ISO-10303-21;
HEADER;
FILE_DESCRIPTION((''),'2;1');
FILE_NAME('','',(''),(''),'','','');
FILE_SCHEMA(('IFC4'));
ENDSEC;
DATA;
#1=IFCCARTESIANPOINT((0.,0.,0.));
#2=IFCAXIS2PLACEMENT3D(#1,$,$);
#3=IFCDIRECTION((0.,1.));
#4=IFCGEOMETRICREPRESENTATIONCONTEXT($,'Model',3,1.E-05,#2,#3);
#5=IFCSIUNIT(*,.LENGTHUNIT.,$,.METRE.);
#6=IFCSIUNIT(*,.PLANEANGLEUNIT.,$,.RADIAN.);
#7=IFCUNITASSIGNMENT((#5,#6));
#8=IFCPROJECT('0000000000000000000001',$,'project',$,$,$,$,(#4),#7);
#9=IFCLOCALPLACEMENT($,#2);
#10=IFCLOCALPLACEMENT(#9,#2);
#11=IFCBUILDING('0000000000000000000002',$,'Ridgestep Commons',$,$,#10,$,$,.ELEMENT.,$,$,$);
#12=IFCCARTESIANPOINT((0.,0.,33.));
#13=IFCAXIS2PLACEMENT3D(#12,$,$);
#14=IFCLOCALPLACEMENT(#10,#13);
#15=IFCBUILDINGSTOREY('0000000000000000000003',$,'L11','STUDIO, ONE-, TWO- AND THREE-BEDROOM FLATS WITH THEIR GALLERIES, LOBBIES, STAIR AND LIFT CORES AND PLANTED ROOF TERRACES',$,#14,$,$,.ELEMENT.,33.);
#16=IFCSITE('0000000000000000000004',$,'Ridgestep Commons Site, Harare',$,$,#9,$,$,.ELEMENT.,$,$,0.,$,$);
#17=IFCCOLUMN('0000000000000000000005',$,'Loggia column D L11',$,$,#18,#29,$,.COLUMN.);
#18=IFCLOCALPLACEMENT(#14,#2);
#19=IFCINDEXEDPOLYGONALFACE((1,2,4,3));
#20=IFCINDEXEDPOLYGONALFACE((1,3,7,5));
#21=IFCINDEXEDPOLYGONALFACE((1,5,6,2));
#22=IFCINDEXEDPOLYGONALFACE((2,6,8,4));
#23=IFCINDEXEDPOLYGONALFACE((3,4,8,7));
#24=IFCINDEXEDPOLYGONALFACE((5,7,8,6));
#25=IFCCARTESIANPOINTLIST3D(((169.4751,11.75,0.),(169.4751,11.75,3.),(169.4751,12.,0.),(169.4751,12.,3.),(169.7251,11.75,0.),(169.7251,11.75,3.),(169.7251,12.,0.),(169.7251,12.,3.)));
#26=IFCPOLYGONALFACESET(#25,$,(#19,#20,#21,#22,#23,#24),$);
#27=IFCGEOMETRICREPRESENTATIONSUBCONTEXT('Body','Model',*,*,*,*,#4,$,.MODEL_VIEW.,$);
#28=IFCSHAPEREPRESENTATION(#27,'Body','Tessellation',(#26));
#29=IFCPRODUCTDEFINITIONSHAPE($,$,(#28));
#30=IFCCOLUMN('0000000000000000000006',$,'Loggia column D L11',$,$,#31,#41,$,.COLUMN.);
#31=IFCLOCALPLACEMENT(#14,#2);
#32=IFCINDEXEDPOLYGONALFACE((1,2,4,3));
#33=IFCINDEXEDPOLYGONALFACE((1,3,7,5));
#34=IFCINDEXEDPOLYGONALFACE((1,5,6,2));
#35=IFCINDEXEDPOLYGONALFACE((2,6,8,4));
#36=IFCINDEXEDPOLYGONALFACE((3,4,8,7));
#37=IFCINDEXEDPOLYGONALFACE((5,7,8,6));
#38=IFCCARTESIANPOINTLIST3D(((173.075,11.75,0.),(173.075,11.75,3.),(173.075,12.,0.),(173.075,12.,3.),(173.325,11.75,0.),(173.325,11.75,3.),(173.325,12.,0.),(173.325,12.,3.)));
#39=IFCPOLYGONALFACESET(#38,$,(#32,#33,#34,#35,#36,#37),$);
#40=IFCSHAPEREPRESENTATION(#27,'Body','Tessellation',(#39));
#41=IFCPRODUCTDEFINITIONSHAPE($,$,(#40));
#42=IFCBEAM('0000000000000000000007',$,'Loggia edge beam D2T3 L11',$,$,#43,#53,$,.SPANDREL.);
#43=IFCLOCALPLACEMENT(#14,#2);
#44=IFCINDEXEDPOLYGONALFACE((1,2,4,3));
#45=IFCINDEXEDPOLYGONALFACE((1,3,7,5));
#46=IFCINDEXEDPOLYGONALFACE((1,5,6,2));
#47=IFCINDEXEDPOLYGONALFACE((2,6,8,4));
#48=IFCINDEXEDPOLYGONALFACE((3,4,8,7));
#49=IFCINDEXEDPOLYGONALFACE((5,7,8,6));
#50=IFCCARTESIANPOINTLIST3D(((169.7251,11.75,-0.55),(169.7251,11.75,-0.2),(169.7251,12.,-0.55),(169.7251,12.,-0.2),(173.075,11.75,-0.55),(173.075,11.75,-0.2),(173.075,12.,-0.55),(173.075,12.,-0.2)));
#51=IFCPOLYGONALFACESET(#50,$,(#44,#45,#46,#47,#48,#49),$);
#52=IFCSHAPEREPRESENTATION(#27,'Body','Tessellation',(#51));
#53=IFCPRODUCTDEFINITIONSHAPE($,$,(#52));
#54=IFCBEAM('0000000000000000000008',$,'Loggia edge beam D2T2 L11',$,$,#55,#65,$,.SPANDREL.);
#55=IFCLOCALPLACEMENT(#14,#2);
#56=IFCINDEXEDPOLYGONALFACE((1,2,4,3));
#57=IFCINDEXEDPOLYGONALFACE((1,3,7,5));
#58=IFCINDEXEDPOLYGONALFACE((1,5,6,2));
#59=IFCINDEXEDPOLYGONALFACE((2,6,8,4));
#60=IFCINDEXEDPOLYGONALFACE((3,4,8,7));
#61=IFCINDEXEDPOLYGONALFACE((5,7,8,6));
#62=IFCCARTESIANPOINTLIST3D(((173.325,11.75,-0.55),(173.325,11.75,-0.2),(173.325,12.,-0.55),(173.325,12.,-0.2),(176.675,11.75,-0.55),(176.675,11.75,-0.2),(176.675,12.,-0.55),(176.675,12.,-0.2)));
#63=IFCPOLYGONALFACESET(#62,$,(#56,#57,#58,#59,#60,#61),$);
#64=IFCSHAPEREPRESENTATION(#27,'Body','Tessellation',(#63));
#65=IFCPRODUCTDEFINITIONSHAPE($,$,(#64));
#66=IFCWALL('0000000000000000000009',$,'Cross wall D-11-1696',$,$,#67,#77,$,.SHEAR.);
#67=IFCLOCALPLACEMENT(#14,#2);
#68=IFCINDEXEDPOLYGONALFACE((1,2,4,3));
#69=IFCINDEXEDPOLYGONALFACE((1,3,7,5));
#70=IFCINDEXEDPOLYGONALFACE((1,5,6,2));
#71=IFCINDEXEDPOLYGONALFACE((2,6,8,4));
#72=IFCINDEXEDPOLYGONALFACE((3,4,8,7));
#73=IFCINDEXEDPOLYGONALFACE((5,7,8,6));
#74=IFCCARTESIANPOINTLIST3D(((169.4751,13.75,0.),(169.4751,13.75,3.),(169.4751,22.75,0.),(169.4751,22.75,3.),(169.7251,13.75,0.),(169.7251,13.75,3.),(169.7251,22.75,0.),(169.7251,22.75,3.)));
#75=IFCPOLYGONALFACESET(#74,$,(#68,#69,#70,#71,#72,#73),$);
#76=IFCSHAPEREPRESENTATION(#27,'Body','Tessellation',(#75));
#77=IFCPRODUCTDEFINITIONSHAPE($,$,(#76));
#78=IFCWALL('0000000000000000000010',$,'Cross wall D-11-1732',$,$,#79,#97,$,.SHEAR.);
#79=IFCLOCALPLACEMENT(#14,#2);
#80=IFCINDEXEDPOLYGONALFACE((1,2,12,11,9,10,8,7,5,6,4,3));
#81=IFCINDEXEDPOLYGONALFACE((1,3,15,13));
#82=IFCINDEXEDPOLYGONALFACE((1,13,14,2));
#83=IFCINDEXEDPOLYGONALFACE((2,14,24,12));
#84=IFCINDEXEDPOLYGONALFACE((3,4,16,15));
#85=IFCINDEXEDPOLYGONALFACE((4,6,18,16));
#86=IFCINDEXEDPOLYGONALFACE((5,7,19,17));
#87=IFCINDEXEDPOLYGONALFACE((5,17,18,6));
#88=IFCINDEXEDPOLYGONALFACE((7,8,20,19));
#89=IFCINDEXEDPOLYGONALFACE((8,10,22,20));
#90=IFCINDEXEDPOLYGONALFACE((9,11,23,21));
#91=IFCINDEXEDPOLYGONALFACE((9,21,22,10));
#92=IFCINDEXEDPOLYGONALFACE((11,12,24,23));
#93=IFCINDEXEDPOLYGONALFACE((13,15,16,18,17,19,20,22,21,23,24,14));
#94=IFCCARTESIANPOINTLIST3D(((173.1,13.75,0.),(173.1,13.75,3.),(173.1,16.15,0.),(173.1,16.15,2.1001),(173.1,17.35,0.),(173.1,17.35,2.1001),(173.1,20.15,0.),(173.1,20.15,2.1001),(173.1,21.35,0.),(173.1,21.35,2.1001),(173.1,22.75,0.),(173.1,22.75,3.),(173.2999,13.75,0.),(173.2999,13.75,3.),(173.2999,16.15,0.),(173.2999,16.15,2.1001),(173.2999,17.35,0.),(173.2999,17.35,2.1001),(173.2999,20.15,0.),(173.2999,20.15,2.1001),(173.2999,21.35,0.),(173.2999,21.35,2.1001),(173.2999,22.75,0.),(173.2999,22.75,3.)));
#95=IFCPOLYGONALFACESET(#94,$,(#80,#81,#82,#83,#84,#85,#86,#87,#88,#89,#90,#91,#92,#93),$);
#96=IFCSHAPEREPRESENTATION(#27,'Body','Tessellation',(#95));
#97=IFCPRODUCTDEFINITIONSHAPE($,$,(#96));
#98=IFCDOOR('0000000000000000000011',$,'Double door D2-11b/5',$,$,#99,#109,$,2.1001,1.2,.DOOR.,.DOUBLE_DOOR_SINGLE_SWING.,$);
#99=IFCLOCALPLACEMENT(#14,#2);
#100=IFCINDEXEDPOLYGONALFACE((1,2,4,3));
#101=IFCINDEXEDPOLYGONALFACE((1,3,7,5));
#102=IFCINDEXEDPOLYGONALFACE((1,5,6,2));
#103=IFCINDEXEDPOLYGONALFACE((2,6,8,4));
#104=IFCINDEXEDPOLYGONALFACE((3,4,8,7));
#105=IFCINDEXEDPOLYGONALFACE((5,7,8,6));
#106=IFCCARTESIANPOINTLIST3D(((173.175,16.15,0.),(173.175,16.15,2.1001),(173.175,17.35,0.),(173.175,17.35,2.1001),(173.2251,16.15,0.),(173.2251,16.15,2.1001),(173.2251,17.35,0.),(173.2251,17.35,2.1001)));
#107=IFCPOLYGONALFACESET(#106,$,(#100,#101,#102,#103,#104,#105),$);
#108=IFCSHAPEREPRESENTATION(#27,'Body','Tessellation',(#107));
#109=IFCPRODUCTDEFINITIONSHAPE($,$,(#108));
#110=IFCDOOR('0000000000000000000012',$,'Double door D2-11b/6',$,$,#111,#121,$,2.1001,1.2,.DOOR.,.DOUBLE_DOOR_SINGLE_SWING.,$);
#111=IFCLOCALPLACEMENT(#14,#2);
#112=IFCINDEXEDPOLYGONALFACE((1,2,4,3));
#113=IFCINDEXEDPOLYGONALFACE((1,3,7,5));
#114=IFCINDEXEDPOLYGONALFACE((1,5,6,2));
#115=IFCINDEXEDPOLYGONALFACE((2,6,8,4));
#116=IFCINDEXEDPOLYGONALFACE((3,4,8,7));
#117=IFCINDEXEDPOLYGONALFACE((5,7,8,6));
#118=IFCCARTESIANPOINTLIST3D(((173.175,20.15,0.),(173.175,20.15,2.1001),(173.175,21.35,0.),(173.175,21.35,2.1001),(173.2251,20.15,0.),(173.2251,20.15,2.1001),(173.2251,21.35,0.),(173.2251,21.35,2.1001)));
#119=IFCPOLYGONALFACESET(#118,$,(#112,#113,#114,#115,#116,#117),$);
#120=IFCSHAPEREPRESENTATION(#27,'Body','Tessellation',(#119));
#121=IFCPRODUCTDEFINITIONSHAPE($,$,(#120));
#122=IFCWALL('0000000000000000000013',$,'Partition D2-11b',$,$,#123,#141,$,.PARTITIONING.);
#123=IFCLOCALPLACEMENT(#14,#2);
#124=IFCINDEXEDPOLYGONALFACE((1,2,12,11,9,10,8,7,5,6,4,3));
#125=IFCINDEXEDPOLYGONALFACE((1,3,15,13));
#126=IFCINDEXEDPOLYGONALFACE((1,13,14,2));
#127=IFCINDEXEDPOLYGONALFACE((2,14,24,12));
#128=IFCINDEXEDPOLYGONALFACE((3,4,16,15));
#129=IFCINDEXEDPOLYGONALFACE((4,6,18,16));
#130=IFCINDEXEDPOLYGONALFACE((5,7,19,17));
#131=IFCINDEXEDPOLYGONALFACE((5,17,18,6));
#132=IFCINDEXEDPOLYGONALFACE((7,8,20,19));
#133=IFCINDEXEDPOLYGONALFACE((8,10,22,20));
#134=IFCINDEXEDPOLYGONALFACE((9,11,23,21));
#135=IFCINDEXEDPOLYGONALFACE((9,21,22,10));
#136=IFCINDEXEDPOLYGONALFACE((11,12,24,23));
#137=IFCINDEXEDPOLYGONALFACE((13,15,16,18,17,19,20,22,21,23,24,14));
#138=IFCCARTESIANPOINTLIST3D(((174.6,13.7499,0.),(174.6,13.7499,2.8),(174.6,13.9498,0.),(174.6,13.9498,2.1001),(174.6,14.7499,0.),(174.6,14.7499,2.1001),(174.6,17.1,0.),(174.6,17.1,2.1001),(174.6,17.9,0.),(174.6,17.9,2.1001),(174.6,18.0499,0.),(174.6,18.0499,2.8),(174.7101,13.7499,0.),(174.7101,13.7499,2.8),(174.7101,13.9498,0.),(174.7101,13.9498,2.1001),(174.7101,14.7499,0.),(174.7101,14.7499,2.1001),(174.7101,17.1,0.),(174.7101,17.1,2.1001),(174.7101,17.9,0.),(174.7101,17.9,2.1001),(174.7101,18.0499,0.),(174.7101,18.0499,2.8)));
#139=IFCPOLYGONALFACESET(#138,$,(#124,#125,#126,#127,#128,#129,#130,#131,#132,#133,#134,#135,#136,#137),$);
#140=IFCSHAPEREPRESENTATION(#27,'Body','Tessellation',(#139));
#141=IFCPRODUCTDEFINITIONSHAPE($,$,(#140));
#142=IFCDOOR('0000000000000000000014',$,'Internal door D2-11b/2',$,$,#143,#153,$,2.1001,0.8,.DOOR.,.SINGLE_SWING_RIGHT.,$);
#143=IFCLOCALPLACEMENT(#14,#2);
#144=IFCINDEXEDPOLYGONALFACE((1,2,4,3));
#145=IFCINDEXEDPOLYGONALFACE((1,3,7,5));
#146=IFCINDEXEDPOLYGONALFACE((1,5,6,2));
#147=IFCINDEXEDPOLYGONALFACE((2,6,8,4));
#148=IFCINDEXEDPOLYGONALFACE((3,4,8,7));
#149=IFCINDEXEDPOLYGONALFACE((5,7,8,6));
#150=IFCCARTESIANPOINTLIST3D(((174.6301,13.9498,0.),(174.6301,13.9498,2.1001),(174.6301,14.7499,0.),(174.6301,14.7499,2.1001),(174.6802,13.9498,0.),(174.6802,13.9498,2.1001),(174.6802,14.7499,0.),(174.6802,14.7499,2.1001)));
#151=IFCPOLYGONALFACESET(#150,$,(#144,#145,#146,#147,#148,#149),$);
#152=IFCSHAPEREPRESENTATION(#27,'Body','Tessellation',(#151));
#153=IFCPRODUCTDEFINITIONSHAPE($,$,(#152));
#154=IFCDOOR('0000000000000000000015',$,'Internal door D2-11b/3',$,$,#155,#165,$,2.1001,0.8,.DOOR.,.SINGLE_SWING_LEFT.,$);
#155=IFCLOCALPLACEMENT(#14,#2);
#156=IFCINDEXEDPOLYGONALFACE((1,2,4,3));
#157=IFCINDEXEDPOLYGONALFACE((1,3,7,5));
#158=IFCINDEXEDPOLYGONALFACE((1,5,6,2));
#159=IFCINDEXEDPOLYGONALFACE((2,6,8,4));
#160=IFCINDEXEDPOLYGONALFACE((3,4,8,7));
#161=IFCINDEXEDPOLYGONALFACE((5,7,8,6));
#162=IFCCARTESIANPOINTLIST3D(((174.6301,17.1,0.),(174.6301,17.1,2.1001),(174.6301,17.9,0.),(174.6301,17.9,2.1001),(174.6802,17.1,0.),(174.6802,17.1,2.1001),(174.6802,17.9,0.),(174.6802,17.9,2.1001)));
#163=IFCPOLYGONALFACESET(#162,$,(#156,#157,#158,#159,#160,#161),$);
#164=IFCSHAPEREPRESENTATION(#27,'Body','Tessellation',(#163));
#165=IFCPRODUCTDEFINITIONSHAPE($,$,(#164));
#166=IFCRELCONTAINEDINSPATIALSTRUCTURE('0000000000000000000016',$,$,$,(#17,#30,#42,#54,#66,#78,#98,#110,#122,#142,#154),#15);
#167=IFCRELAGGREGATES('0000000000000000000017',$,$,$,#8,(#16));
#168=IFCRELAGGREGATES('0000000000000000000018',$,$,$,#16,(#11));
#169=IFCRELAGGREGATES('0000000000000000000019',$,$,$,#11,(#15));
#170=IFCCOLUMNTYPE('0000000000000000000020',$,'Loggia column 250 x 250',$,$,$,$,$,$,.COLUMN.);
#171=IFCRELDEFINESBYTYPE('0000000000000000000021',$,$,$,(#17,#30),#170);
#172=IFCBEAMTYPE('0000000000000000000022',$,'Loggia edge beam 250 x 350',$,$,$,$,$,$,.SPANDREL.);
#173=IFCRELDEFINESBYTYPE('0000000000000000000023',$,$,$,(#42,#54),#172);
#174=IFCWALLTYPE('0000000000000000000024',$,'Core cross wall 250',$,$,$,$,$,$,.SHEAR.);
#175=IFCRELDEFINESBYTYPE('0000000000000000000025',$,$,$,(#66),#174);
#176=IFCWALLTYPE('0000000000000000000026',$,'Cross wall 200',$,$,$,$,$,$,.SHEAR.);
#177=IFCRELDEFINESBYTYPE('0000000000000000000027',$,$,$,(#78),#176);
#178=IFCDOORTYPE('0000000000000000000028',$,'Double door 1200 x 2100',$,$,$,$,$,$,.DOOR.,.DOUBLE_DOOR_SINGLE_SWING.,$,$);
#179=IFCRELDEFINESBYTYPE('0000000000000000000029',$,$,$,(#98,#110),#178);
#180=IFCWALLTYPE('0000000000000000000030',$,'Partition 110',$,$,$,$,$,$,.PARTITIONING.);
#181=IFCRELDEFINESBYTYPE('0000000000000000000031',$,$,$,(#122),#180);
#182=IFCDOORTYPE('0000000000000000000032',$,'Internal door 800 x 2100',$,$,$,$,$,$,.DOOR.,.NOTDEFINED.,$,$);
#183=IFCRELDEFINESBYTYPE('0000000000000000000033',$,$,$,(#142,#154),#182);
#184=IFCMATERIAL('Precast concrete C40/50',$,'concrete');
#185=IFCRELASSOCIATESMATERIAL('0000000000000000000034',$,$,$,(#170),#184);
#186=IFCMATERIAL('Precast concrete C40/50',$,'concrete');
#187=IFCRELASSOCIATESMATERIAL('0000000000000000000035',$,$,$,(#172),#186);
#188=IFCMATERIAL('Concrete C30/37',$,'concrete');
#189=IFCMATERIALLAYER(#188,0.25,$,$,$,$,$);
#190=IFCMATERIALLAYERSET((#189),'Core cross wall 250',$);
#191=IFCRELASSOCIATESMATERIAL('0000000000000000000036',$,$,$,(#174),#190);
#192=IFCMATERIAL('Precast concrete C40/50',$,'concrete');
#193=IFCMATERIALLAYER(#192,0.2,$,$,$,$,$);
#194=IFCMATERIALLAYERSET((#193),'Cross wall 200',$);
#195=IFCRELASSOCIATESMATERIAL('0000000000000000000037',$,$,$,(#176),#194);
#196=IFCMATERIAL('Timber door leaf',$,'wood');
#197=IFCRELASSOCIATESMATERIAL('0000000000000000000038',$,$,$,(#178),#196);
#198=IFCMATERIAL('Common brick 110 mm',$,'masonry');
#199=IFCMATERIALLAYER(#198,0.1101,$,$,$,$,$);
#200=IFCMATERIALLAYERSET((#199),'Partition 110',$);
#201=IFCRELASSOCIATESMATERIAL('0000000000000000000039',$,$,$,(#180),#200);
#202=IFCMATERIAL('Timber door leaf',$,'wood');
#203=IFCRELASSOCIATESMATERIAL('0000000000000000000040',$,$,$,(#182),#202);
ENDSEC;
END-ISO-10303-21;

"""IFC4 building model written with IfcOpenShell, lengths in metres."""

from ifc_helpers import new_model, si_unit, direction, frame, frame_2d, origin, origin_2d, place, context, subcontext, project, spatial, rectangle, extrude, material, layer, layer_set, material_profile, profile_set, type_object, element, fill, save


model = new_model("IFC4")

# Units and contexts
model_context = context("Model", 3, precision=1e-05, world=origin(), true_north=direction((0.0, 1.0)))
body_context = subcontext(model_context, "Body", "Model", "MODEL_VIEW")
ifc_project = project(units=[si_unit("LENGTHUNIT", "METRE"), si_unit("PLANEANGLEUNIT", "RADIAN")], contexts=[model_context])

# Site, building, storey
site_placement = place(None, origin())
site = spatial("IfcSite", under=ifc_project, at=site_placement, Name="Ridgestep Commons Site, Harare", CompositionType="ELEMENT", RefElevation=0.0)
building_placement = place(site_placement, origin())
building = spatial("IfcBuilding", under=site, at=building_placement, Name="Ridgestep Commons", CompositionType="ELEMENT")
storey_placement = place(building_placement, frame((0.0, 0.0, 33.0)))
storey = spatial("IfcBuildingStorey", under=building, at=storey_placement, Name="L11", Description="STUDIO, ONE-, TWO- AND THREE-BEDROOM FLATS WITH THEIR GALLERIES, LOBBIES, STAIR AND LIFT CORES AND PLANTED ROOF TERRACES", CompositionType="ELEMENT", Elevation=33.0)

# Columns
ifc_material_1 = material(Name="Precast concrete C40/50", Category="concrete")
ifc_material_profile_1 = material_profile(ifc_material_1, rectangle(XDim=0.25, YDim=0.25, at=origin_2d()), Name="PC 250x250")
ifc_profile_set_1 = profile_set([ifc_material_profile_1], Name="Precast concrete C40/50")
column_type = type_object("IfcColumnType", Name="Loggia column 250 x 250", PredefinedType="COLUMN", material=ifc_profile_set_1)
for number, where, z_axis, x_axis, name in (
    (1, (169.6001, 11.875, 0.0), (0.0, 0.0, 1.0), (1.0, 0.0, 0.0), "Loggia column D L11"),
    (2, (173.2, 11.875, 0.0), (0.0, 0.0, 1.0), (1.0, 0.0, 0.0), "Loggia column D L11"),
):
    element("IfcColumn", number, at=place(storey_placement, frame(where, z_axis=z_axis, x_axis=x_axis)), inside=storey, type_object=column_type, Name=name, PredefinedType="COLUMN", context=body_context, shape_type="SweptSolid", body=[
        extrude(rectangle(XDim=0.25, YDim=0.25, at=origin_2d()), origin(), (0.0, 0.0, 1.0), 3.0),
    ])

# Beams
ifc_material_2 = material(Name="Precast concrete C40/50", Category="concrete")
ifc_material_profile_2 = material_profile(ifc_material_2, rectangle(XDim=0.25, YDim=0.3501, at=origin_2d()), Name="PC 250x350")
ifc_profile_set_2 = profile_set([ifc_material_profile_2], Name="Precast concrete C40/50")
beam_type = type_object("IfcBeamType", Name="Loggia edge beam 250 x 350", PredefinedType="SPANDREL", material=ifc_profile_set_2)
beam_1_placement = place(storey_placement, frame((169.7251, 11.875, -0.375), z_axis=(1.0, 0.0, 0.0), x_axis=(0.0, 1.0, 0.0)))
element("IfcBeam", 3, at=beam_1_placement, inside=storey, type_object=beam_type, Name="Loggia edge beam D2T3 L11", PredefinedType="SPANDREL", context=body_context, shape_type="SweptSolid", body=[
    extrude(rectangle(XDim=0.25, YDim=0.3501, at=origin_2d()), origin(), (0.0, 0.0, 1.0), 3.3499),
])
beam_2_placement = place(storey_placement, frame((173.325, 11.875, -0.375), z_axis=(1.0, 0.0, 0.0), x_axis=(0.0, 1.0, 0.0)))
element("IfcBeam", 4, at=beam_2_placement, inside=storey, type_object=beam_type, Name="Loggia edge beam D2T2 L11", PredefinedType="SPANDREL", context=body_context, shape_type="SweptSolid", body=[
    extrude(rectangle(XDim=0.25, YDim=0.3501, at=origin_2d()), origin(), (0.0, 0.0, 1.0), 3.3501),
])

# Wall
ifc_material_3 = material(Name="Concrete C30/37", Category="concrete")
ifc_layer_1 = layer(ifc_material_3, 0.25)
ifc_layer_set_1 = layer_set([ifc_layer_1], Name="Core cross wall 250")
wall_type_1 = type_object("IfcWallType", Name="Core cross wall 250", PredefinedType="SHEAR", material=ifc_layer_set_1)
wall_1_placement = place(storey_placement, frame((169.6001, 13.75, 0.0), z_axis=(0.0, 0.0, 1.0), x_axis=(0.0, 1.0, 0.0)))
element("IfcWall", 5, at=wall_1_placement, inside=storey, type_object=wall_type_1, Name="Cross wall D-11-1696", PredefinedType="SHEAR", context=body_context, shape_type="SweptSolid", body=[
    extrude(rectangle(XDim=9.0, YDim=0.25, at=frame_2d((4.5, 0.0))), origin(), (0.0, 0.0, 1.0), 3.0),
])

# Walls, openings, doors
ifc_material_4 = material(Name="Precast concrete C40/50", Category="concrete")
ifc_layer_2 = layer(ifc_material_4, 0.2)
ifc_layer_set_2 = layer_set([ifc_layer_2], Name="Cross wall 200")
wall_type_2 = type_object("IfcWallType", Name="Cross wall 200", PredefinedType="SHEAR", material=ifc_layer_set_2)
wall_2_placement = place(storey_placement, frame((173.2, 13.75, 0.0), z_axis=(0.0, 0.0, 1.0), x_axis=(0.0, 1.0, 0.0)))
wall_2 = element("IfcWall", 6, at=wall_2_placement, inside=storey, type_object=wall_type_2, Name="Cross wall D-11-1732", PredefinedType="SHEAR", context=body_context, shape_type="SweptSolid", body=[
    extrude(rectangle(XDim=9.0, YDim=0.2, at=frame_2d((4.5, 0.0))), origin(), (0.0, 0.0, 1.0), 3.0),
])
opening_1_placement = place(wall_2_placement, frame((2.3999, 0.0, 0.0)))
opening_1 = element("IfcOpeningElement", 7, at=opening_1_placement, cuts=wall_2, PredefinedType="OPENING", context=body_context, shape_type="SweptSolid", body=[
    extrude(rectangle(XDim=1.2, YDim=2.1001, at=frame_2d((0.6001, 1.05))), frame((0.0, 0.1099, 0.0), z_axis=(0.0, -1.0, 0.0), x_axis=(1.0, 0.0, 0.0)), (0.0, 0.0, 1.0), 0.22),
])
opening_2_placement = place(wall_2_placement, frame((6.3999, 0.0, 0.0)))
opening_2 = element("IfcOpeningElement", 8, at=opening_2_placement, cuts=wall_2, PredefinedType="OPENING", context=body_context, shape_type="SweptSolid", body=[
    extrude(rectangle(XDim=1.2, YDim=2.1001, at=frame_2d((0.6001, 1.05))), frame((0.0, 0.1099, 0.0), z_axis=(0.0, -1.0, 0.0), x_axis=(1.0, 0.0, 0.0)), (0.0, 0.0, 1.0), 0.22),
])
ifc_material_5 = material(Name="Timber door leaf", Category="wood")
door_type_1 = type_object("IfcDoorType", Name="Double door 1200 x 2100", OperationType="DOUBLE_DOOR_SINGLE_SWING", PredefinedType="DOOR", material=ifc_material_5)
door_1_placement = place(opening_1_placement, origin())
door_1 = element("IfcDoor", 9, at=door_1_placement, inside=storey, type_object=door_type_1, Name="Double door D2-11b/5", OperationType="DOUBLE_DOOR_SINGLE_SWING", OverallHeight=2.1001, OverallWidth=1.2, PredefinedType="DOOR", context=body_context, shape_type="SweptSolid", body=[
    extrude(rectangle(XDim=1.2, YDim=2.1001, at=frame_2d((0.6001, 1.05))), frame((0.0, 0.0249, 0.0), z_axis=(0.0, -1.0, 0.0), x_axis=(1.0, 0.0, 0.0)), (0.0, 0.0, 1.0), 0.05),
])
fill(opening_1, door_1)
door_2_placement = place(opening_2_placement, origin())
door_2 = element("IfcDoor", 10, at=door_2_placement, inside=storey, type_object=door_type_1, Name="Double door D2-11b/6", OperationType="DOUBLE_DOOR_SINGLE_SWING", OverallHeight=2.1001, OverallWidth=1.2, PredefinedType="DOOR", context=body_context, shape_type="SweptSolid", body=[
    extrude(rectangle(XDim=1.2, YDim=2.1001, at=frame_2d((0.6001, 1.05))), frame((0.0, 0.0249, 0.0), z_axis=(0.0, -1.0, 0.0), x_axis=(1.0, 0.0, 0.0)), (0.0, 0.0, 1.0), 0.05),
])
fill(opening_2, door_2)
ifc_material_6 = material(Name="Common brick 110 mm", Category="masonry")
ifc_layer_3 = layer(ifc_material_6, 0.1101)
ifc_layer_set_3 = layer_set([ifc_layer_3], Name="Partition 110")
wall_type_3 = type_object("IfcWallType", Name="Partition 110", PredefinedType="PARTITIONING", material=ifc_layer_set_3)
wall_3_placement = place(storey_placement, frame((174.655, 13.75, 0.0), z_axis=(0.0, 0.0, 1.0), x_axis=(0.0, 1.0, 0.0)))
wall_3 = element("IfcWall", 11, at=wall_3_placement, inside=storey, type_object=wall_type_3, Name="Partition D2-11b", PredefinedType="PARTITIONING", context=body_context, shape_type="SweptSolid", body=[
    extrude(rectangle(XDim=4.3, YDim=0.1101, at=frame_2d((2.1499, 0.0))), origin(), (0.0, 0.0, 1.0), 2.8),
])
opening_3_placement = place(wall_3_placement, frame((0.2, 0.0, 0.0)))
opening_3 = element("IfcOpeningElement", 12, at=opening_3_placement, cuts=wall_3, PredefinedType="OPENING", context=body_context, shape_type="SweptSolid", body=[
    extrude(rectangle(XDim=0.8, YDim=2.1001, at=frame_2d((0.3999, 1.05))), frame((0.0, 0.0649, 0.0), z_axis=(0.0, -1.0, 0.0), x_axis=(1.0, 0.0, 0.0)), (0.0, 0.0, 1.0), 0.1301),
])
opening_4_placement = place(wall_3_placement, frame((3.3501, 0.0, 0.0)))
opening_4 = element("IfcOpeningElement", 13, at=opening_4_placement, cuts=wall_3, PredefinedType="OPENING", context=body_context, shape_type="SweptSolid", body=[
    extrude(rectangle(XDim=0.8, YDim=2.1001, at=frame_2d((0.3999, 1.05))), frame((0.0, 0.0649, 0.0), z_axis=(0.0, -1.0, 0.0), x_axis=(1.0, 0.0, 0.0)), (0.0, 0.0, 1.0), 0.1301),
])
ifc_material_7 = material(Name="Timber door leaf", Category="wood")
door_type_2 = type_object("IfcDoorType", Name="Internal door 800 x 2100", OperationType="NOTDEFINED", PredefinedType="DOOR", material=ifc_material_7)
door_3_placement = place(opening_3_placement, origin())
door_3 = element("IfcDoor", 14, at=door_3_placement, inside=storey, type_object=door_type_2, Name="Internal door D2-11b/2", OperationType="SINGLE_SWING_RIGHT", OverallHeight=2.1001, OverallWidth=0.8, PredefinedType="DOOR", context=body_context, shape_type="SweptSolid", body=[
    extrude(rectangle(XDim=0.8, YDim=2.1001, at=frame_2d((0.3999, 1.05))), frame((0.0, 0.0249, 0.0), z_axis=(0.0, -1.0, 0.0), x_axis=(1.0, 0.0, 0.0)), (0.0, 0.0, 1.0), 0.05),
])
fill(opening_3, door_3)
door_4_placement = place(opening_4_placement, origin())
door_4 = element("IfcDoor", 15, at=door_4_placement, inside=storey, type_object=door_type_2, Name="Internal door D2-11b/3", OperationType="SINGLE_SWING_LEFT", OverallHeight=2.1001, OverallWidth=0.8, PredefinedType="DOOR", context=body_context, shape_type="SweptSolid", body=[
    extrude(rectangle(XDim=0.8, YDim=2.1001, at=frame_2d((0.3999, 1.05))), frame((0.0, 0.0249, 0.0), z_axis=(0.0, -1.0, 0.0), x_axis=(1.0, 0.0, 0.0)), (0.0, 0.0, 1.0), 0.05),
])
fill(opening_4, door_4)

save(model, "model.ifc")
